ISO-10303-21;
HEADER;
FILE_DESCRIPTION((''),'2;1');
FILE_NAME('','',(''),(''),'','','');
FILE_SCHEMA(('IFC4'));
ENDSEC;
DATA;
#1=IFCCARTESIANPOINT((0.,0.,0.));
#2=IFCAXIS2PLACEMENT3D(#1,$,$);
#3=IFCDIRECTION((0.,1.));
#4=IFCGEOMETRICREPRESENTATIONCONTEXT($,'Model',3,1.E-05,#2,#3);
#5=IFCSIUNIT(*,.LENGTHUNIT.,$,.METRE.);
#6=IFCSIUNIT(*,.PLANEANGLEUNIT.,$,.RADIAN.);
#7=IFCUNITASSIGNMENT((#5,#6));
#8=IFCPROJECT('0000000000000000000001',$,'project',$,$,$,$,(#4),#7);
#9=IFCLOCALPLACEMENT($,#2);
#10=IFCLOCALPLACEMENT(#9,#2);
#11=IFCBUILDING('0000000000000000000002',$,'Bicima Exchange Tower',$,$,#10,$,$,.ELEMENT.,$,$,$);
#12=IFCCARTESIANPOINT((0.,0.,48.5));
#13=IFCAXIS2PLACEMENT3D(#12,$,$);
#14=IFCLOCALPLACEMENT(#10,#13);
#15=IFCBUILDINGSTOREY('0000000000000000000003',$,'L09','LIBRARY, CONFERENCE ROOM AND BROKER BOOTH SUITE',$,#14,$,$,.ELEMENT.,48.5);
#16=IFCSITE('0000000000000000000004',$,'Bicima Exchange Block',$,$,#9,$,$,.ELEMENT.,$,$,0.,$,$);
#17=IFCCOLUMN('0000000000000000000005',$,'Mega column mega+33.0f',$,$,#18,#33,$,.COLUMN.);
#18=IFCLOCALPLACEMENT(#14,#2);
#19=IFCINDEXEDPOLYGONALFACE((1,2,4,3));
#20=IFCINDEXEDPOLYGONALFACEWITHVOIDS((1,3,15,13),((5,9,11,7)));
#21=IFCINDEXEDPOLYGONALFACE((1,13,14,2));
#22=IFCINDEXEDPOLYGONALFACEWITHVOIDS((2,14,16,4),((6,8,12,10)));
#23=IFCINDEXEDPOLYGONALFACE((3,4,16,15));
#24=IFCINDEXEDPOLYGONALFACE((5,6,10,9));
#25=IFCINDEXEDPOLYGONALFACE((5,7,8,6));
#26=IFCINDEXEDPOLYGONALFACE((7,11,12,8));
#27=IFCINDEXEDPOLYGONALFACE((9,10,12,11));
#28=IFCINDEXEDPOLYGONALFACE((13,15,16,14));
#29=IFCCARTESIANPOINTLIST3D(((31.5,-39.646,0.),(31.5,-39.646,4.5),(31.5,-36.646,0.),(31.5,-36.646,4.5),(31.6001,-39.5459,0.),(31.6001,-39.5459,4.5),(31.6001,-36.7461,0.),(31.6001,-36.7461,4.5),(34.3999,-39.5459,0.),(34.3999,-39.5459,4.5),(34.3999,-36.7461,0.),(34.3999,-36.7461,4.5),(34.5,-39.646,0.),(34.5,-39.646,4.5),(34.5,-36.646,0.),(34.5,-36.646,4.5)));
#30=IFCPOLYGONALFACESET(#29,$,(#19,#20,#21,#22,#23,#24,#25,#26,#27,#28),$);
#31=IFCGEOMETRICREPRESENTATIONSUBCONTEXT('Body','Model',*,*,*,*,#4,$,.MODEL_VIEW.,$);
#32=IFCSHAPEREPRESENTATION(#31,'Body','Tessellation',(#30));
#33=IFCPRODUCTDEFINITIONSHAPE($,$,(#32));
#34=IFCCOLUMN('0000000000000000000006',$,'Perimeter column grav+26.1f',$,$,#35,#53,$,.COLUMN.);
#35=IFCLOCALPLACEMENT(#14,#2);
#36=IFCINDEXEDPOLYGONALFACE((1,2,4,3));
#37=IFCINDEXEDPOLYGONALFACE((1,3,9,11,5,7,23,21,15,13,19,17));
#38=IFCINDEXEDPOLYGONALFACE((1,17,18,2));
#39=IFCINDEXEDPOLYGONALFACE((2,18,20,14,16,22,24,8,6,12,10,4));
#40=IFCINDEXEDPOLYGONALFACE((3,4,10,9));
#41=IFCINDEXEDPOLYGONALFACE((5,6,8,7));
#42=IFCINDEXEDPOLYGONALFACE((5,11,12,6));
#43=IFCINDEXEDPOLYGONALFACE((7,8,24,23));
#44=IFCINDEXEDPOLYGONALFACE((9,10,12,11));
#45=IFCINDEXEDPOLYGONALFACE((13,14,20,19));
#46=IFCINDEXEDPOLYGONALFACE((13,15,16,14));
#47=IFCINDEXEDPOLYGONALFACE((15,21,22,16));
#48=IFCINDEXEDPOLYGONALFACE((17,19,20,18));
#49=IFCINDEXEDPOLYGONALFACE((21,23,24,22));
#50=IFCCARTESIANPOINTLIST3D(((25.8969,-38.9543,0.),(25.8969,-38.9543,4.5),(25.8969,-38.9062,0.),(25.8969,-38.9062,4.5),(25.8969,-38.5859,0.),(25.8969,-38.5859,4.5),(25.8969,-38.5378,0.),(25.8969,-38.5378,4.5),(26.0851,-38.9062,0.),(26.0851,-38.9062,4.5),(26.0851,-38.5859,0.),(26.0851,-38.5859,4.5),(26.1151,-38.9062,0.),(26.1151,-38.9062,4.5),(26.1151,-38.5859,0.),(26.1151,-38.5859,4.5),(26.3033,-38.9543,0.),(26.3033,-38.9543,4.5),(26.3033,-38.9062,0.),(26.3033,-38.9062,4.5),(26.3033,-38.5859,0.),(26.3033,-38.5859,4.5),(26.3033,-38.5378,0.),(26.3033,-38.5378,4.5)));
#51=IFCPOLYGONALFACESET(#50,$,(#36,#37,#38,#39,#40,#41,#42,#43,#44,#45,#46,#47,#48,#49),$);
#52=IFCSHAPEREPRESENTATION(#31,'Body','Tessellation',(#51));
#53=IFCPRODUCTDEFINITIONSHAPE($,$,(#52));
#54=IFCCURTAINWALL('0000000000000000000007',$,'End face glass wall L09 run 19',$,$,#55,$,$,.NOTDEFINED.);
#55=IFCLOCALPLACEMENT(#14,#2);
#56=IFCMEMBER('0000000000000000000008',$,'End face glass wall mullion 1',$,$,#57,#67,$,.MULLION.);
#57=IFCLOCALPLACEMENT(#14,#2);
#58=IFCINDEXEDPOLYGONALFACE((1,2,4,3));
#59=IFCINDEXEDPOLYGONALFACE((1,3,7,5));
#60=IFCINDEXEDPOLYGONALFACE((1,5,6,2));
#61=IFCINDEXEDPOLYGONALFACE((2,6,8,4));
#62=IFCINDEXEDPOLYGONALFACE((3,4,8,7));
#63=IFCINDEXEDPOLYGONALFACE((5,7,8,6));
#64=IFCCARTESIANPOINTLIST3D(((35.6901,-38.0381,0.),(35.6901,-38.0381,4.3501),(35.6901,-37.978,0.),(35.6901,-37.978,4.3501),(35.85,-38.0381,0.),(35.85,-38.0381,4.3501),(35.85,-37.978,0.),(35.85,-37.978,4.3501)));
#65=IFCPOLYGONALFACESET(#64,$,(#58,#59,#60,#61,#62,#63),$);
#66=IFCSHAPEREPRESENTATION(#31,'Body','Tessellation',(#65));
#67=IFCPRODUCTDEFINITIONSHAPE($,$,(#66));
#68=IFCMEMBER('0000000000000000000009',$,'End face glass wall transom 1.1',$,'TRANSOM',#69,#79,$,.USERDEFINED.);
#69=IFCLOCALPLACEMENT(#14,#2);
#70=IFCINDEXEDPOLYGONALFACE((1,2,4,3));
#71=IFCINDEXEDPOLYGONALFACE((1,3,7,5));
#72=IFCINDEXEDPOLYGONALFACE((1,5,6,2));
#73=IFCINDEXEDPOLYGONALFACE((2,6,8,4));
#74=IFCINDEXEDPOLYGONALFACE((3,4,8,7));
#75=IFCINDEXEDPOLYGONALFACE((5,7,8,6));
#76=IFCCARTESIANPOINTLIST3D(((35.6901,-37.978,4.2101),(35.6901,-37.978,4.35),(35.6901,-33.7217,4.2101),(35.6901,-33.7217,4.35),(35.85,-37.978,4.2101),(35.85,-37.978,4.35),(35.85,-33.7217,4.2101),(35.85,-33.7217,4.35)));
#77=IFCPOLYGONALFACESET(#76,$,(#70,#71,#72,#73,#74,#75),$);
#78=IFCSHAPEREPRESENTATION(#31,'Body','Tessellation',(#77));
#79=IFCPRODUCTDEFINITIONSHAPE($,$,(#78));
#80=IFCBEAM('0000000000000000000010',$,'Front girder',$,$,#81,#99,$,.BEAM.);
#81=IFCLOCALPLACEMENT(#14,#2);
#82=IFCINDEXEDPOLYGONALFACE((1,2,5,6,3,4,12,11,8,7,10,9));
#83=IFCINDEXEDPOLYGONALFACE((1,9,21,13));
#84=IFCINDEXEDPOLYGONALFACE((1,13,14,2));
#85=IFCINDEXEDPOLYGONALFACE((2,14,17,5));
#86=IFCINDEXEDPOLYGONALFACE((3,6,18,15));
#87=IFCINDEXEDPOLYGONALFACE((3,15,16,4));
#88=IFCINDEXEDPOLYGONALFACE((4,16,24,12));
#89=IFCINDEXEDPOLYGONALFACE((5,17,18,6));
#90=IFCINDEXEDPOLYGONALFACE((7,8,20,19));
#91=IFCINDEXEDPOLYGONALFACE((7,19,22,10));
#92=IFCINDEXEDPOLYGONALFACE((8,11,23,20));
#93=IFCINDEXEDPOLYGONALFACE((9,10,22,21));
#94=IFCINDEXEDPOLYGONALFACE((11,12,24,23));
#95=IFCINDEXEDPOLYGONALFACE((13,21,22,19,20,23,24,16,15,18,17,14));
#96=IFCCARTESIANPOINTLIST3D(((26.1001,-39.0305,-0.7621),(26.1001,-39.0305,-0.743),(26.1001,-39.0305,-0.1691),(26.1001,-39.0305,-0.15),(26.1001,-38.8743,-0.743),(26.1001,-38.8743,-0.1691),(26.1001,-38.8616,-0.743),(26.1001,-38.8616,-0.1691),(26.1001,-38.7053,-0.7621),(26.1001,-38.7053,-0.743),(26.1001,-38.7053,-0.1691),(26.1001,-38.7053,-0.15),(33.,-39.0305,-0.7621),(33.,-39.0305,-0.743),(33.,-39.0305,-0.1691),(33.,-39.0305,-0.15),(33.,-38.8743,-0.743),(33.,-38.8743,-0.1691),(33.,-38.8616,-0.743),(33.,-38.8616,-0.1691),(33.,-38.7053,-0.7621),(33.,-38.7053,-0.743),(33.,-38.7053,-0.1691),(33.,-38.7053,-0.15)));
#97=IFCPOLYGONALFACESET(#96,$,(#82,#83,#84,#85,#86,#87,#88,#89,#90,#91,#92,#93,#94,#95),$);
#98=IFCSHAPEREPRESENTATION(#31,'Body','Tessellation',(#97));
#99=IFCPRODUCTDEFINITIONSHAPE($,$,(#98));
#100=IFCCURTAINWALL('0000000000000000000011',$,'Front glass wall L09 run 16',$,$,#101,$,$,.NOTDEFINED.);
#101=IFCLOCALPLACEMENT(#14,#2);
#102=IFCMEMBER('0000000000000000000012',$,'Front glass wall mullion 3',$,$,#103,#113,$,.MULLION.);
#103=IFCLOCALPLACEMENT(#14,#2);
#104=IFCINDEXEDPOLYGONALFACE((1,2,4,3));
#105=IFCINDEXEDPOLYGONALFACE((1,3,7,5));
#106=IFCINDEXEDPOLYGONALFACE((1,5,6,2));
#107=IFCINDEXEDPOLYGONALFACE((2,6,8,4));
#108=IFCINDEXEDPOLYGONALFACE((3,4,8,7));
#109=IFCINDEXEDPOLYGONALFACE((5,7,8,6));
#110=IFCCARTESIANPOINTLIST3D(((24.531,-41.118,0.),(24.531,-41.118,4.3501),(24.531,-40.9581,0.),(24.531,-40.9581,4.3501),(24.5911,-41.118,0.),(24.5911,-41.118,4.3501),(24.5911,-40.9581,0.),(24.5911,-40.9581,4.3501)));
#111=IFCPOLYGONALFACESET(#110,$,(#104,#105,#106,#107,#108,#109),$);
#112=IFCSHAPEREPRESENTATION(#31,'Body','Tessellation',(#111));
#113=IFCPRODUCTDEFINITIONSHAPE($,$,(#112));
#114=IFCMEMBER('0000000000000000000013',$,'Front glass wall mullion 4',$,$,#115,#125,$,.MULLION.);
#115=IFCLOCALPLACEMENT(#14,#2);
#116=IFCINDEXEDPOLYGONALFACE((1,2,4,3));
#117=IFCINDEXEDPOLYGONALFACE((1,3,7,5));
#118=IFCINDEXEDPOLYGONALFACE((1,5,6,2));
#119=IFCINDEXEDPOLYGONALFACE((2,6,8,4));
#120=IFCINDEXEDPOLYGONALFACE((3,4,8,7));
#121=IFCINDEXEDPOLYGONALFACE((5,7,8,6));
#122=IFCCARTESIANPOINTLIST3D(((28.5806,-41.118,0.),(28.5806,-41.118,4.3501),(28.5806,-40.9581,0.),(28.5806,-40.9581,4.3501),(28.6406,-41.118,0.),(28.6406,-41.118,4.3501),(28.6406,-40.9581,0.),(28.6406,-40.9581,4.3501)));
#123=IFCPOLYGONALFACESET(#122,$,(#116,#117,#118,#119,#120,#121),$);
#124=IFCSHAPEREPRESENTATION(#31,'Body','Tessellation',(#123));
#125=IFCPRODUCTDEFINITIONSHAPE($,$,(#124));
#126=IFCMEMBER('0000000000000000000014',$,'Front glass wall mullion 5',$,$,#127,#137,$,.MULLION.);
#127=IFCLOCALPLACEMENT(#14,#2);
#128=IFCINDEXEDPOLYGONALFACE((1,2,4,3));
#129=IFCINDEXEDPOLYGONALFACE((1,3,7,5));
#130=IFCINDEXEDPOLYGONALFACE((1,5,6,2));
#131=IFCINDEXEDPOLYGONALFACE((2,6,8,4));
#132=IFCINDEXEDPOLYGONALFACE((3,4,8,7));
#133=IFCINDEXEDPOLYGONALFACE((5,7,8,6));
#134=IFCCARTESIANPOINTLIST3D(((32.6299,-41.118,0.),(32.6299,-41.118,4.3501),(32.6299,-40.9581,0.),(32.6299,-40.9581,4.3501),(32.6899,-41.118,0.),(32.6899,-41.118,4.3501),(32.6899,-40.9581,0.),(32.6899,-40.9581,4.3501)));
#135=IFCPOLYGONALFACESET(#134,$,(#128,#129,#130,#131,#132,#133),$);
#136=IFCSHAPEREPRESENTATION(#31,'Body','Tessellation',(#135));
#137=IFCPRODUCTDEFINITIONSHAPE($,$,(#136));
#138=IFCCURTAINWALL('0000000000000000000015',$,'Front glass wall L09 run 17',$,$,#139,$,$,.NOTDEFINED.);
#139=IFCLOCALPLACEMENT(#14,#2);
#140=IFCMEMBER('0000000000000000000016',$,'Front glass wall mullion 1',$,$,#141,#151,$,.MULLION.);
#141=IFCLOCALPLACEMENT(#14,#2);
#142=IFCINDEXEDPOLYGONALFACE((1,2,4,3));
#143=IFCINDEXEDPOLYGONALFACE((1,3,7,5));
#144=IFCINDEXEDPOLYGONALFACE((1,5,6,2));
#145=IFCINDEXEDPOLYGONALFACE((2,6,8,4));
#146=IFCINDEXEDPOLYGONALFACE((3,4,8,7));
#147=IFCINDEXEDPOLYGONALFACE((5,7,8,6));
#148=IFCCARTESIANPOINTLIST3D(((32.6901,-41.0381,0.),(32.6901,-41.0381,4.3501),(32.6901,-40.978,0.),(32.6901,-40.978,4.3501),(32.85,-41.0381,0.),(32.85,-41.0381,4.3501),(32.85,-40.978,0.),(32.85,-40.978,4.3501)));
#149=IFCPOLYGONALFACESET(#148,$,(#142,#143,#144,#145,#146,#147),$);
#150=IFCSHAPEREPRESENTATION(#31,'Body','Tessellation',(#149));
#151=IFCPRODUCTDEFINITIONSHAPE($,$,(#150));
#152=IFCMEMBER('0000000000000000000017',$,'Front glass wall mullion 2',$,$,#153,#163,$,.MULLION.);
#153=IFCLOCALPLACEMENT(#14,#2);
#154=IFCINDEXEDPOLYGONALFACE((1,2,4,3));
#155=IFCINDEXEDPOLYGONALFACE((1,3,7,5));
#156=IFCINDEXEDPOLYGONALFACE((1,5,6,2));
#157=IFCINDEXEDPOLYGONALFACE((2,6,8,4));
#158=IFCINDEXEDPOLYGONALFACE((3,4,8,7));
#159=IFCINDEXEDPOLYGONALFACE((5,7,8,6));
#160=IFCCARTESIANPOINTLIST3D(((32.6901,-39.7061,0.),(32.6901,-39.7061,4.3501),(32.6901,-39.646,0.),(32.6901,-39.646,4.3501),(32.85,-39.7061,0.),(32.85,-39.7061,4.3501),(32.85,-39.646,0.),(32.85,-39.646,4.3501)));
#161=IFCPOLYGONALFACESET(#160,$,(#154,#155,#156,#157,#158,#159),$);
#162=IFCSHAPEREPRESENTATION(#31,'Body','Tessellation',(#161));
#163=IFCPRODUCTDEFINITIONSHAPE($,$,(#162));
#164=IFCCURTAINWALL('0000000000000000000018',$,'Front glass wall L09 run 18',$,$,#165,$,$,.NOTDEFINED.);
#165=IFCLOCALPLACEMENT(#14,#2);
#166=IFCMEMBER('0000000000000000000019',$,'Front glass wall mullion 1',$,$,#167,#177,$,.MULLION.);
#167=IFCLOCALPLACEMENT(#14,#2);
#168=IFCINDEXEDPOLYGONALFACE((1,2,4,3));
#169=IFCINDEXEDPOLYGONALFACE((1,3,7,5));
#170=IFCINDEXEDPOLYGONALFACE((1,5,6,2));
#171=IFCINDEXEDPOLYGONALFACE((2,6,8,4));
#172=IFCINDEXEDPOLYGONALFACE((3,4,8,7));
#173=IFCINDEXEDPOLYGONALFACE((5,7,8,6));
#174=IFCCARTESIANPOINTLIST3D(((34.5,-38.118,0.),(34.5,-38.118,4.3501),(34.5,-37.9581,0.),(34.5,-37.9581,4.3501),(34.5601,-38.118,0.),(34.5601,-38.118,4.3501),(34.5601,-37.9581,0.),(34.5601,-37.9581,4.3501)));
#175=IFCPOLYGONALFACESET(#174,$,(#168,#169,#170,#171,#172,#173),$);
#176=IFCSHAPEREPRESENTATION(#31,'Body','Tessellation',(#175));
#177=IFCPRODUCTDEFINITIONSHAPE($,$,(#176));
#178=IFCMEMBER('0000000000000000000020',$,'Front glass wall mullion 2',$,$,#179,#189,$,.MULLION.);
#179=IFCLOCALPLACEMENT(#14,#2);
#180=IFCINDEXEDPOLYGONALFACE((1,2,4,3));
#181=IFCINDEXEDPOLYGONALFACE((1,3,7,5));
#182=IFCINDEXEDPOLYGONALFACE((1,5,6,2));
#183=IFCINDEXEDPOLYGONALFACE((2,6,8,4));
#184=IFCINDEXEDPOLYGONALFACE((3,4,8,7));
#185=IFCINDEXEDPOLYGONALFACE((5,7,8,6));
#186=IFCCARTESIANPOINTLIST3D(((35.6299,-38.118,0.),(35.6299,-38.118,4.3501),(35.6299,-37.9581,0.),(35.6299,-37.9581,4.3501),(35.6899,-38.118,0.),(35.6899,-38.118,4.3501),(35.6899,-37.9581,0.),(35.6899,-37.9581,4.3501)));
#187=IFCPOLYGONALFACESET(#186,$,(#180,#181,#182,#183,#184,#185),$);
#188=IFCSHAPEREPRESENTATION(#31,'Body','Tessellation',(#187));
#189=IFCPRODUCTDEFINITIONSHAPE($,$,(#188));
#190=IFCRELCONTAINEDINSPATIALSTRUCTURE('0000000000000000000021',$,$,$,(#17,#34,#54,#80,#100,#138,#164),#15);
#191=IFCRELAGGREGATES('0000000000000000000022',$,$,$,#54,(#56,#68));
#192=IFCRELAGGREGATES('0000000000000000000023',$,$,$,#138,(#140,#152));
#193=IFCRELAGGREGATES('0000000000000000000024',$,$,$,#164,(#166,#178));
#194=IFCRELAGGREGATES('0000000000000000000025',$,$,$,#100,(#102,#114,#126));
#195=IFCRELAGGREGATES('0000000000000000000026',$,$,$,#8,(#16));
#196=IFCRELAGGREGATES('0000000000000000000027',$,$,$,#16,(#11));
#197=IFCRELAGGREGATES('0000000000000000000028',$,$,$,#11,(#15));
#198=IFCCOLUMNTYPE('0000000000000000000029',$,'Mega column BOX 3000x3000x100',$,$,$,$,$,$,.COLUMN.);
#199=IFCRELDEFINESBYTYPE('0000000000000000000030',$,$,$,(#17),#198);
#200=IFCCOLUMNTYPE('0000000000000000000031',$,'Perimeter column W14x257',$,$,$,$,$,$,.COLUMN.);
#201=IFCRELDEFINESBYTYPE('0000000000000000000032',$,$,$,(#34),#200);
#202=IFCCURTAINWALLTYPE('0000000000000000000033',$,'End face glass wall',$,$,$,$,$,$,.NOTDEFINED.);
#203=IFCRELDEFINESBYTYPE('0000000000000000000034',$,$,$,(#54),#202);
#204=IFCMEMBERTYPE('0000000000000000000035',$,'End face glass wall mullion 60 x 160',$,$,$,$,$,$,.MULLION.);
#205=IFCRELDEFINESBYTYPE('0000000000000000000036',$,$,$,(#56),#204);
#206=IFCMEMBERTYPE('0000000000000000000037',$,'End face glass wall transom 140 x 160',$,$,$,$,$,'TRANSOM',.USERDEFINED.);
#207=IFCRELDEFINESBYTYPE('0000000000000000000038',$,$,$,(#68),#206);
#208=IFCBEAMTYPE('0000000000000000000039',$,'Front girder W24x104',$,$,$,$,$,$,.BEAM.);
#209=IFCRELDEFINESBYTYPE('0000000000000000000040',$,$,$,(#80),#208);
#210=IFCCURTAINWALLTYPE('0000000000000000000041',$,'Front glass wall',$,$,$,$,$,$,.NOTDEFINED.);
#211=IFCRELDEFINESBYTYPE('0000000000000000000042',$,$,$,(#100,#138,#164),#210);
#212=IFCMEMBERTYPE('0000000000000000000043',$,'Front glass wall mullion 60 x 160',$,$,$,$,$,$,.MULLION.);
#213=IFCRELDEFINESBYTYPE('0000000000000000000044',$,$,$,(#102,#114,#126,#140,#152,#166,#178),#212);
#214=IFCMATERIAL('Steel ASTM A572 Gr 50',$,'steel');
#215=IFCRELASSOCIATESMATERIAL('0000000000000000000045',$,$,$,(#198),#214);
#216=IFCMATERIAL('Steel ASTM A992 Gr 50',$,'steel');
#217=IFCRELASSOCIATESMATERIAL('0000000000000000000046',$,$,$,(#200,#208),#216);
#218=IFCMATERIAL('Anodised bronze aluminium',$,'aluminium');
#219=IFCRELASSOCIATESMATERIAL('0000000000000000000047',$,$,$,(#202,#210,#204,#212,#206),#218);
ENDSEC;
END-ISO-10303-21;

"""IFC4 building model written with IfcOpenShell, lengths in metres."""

from ifc_helpers import new_model, si_unit, direction, frame, origin, origin_2d, place, context, subcontext, project, spatial, rectangle, hollow_rectangle, i_section, extrude, material, material_profile, profile_set, type_object, element, aggregate, save


model = new_model("IFC4")

# Units and contexts
model_context = context("Model", 3, precision=1e-05, world=origin(), true_north=direction((0.0, 1.0)))
body_context = subcontext(model_context, "Body", "Model", "MODEL_VIEW")
ifc_project = project(units=[si_unit("LENGTHUNIT", "METRE"), si_unit("PLANEANGLEUNIT", "RADIAN")], contexts=[model_context])

# Site, building, storey
site_placement = place(None, origin())
site = spatial("IfcSite", under=ifc_project, at=site_placement, Name="Bicima Exchange Block", CompositionType="ELEMENT", RefElevation=0.0)
building_placement = place(site_placement, origin())
building = spatial("IfcBuilding", under=site, at=building_placement, Name="Bicima Exchange Tower", CompositionType="ELEMENT")
storey_placement = place(building_placement, frame((0.0, 0.0, 48.5)))
storey = spatial("IfcBuildingStorey", under=building, at=storey_placement, Name="L09", Description="LIBRARY, CONFERENCE ROOM AND BROKER BOOTH SUITE", CompositionType="ELEMENT", Elevation=48.5)

# Columns
ifc_material_1 = material(Name="Steel ASTM A572 Gr 50", Category="steel")
ifc_material_profile_1 = material_profile(ifc_material_1, hollow_rectangle(XDim=3.0, YDim=3.0, WallThickness=0.1001, at=origin_2d()))
ifc_profile_set_1 = profile_set([ifc_material_profile_1], Name="Steel ASTM A572 Gr 50")
column_type_1 = type_object("IfcColumnType", Name="Mega column BOX 3000x3000x100", PredefinedType="COLUMN", material=ifc_profile_set_1)
column_1_placement = place(storey_placement, frame((33.0, -38.146, 0.0), z_axis=(0.0, 0.0, 1.0), x_axis=(1.0, 0.0, 0.0)))
element("IfcColumn", 1, at=column_1_placement, inside=storey, type_object=column_type_1, Name="Mega column mega+33.0f", PredefinedType="COLUMN", context=body_context, shape_type="SweptSolid", body=[
    extrude(hollow_rectangle(XDim=3.0, YDim=3.0, WallThickness=0.1001, at=origin_2d()), origin(), (0.0, 0.0, 1.0), 4.5),
])
ifc_material_2 = material(Name="Steel ASTM A992 Gr 50", Category="steel")
ifc_material_profile_2 = material_profile(ifc_material_2, i_section(OverallWidth=0.4065, OverallDepth=0.4165, WebThickness=0.03, FlangeThickness=0.0481, at=origin_2d()))
ifc_profile_set_2 = profile_set([ifc_material_profile_2], Name="Steel ASTM A992 Gr 50")
column_type_2 = type_object("IfcColumnType", Name="Perimeter column W14x257", PredefinedType="COLUMN", material=ifc_profile_set_2)
column_2_placement = place(storey_placement, frame((26.1001, -38.7461, 0.0), z_axis=(0.0, 0.0, 1.0), x_axis=(1.0, 0.0, 0.0)))
element("IfcColumn", 2, at=column_2_placement, inside=storey, type_object=column_type_2, Name="Perimeter column grav+26.1f", PredefinedType="COLUMN", context=body_context, shape_type="SweptSolid", body=[
    extrude(i_section(OverallWidth=0.4065, OverallDepth=0.4165, WebThickness=0.03, FlangeThickness=0.0481, at=origin_2d()), origin(), (0.0, 0.0, 1.0), 4.5),
])

# Curtain wall, members
ifc_material_3 = material(Name="Anodised bronze aluminium", Category="aluminium")
curtain_wall_type_1 = type_object("IfcCurtainWallType", Name="End face glass wall", PredefinedType="NOTDEFINED", material=ifc_material_3)
curtain_wall_1_placement = place(storey_placement, origin())
curtain_wall_1 = element("IfcCurtainWall", 3, at=curtain_wall_1_placement, inside=storey, type_object=curtain_wall_type_1, Name="End face glass wall L09 run 19", PredefinedType="NOTDEFINED")
ifc_material_profile_3 = material_profile(ifc_material_3, rectangle(XDim=0.1599, YDim=0.0601, at=origin_2d()))
ifc_profile_set_3 = profile_set([ifc_material_profile_3], Name="Anodised bronze aluminium")
member_type_1 = type_object("IfcMemberType", Name="End face glass wall mullion 60 x 160", PredefinedType="MULLION", material=ifc_profile_set_3)
member_1_placement = place(storey_placement, frame((35.77, -38.0081, 0.0), z_axis=(0.0, 0.0, 1.0), x_axis=(-1.0, 0.0, 0.0)))
member_1 = element("IfcMember", 4, at=member_1_placement, type_object=member_type_1, Name="End face glass wall mullion 1", PredefinedType="MULLION", context=body_context, shape_type="SweptSolid", body=[
    extrude(rectangle(XDim=0.1599, YDim=0.0601, at=origin_2d()), origin(), (0.0, 0.0, 1.0), 4.3501),
])
ifc_material_profile_4 = material_profile(ifc_material_3, rectangle(XDim=0.1599, YDim=0.1399, at=origin_2d()))
ifc_profile_set_4 = profile_set([ifc_material_profile_4], Name="Anodised bronze aluminium")
member_type_2 = type_object("IfcMemberType", Name="End face glass wall transom 140 x 160", ElementType="TRANSOM", PredefinedType="USERDEFINED", material=ifc_profile_set_4)
member_2_placement = place(storey_placement, frame((35.77, -37.978, 4.28), z_axis=(0.0, 1.0, 0.0), x_axis=(-1.0, 0.0, 0.0)))
member_2 = element("IfcMember", 5, at=member_2_placement, type_object=member_type_2, Name="End face glass wall transom 1.1", ObjectType="TRANSOM", PredefinedType="USERDEFINED", context=body_context, shape_type="SweptSolid", body=[
    extrude(rectangle(XDim=0.1599, YDim=0.1399, at=origin_2d()), origin(), (0.0, 0.0, 1.0), 4.2563),
])
aggregate(curtain_wall_1, [member_1, member_2])

# Beam
ifc_material_profile_5 = material_profile(ifc_material_2, i_section(OverallWidth=0.3252, OverallDepth=0.6121, WebThickness=0.0127, FlangeThickness=0.019, at=origin_2d()))
ifc_profile_set_5 = profile_set([ifc_material_profile_5], Name="Steel ASTM A992 Gr 50")
beam_type = type_object("IfcBeamType", Name="Front girder W24x104", PredefinedType="BEAM", material=ifc_profile_set_5)
beam_placement = place(storey_placement, frame((26.1001, -38.8679, -0.4561), z_axis=(1.0, 0.0, 0.0), x_axis=(0.0, 1.0, 0.0)))
element("IfcBeam", 6, at=beam_placement, inside=storey, type_object=beam_type, Name="Front girder", PredefinedType="BEAM", context=body_context, shape_type="SweptSolid", body=[
    extrude(i_section(OverallWidth=0.3252, OverallDepth=0.6121, WebThickness=0.0127, FlangeThickness=0.019, at=origin_2d()), origin(), (0.0, 0.0, 1.0), 6.8999),
])

# Curtain walls, members
curtain_wall_type_2 = type_object("IfcCurtainWallType", Name="Front glass wall", PredefinedType="NOTDEFINED", material=ifc_material_3)
curtain_wall_2_placement = place(storey_placement, origin())
curtain_wall_2 = element("IfcCurtainWall", 7, at=curtain_wall_2_placement, inside=storey, type_object=curtain_wall_type_2, Name="Front glass wall L09 run 16", PredefinedType="NOTDEFINED")
member_type_3 = type_object("IfcMemberType", Name="Front glass wall mullion 60 x 160", PredefinedType="MULLION", material=ifc_profile_set_3)
member_3_placement = place(storey_placement, frame((24.561, -41.0381, 0.0), z_axis=(0.0, 0.0, 1.0), x_axis=(0.0, 1.0, 0.0)))
member_3 = element("IfcMember", 8, at=member_3_placement, type_object=member_type_3, Name="Front glass wall mullion 3", PredefinedType="MULLION", context=body_context, shape_type="SweptSolid", body=[
    extrude(rectangle(XDim=0.1599, YDim=0.0601, at=origin_2d()), origin(), (0.0, 0.0, 1.0), 4.3501),
])
member_4_placement = place(storey_placement, frame((28.6106, -41.0381, 0.0), z_axis=(0.0, 0.0, 1.0), x_axis=(0.0, 1.0, 0.0)))
member_4 = element("IfcMember", 9, at=member_4_placement, type_object=member_type_3, Name="Front glass wall mullion 4", PredefinedType="MULLION", context=body_context, shape_type="SweptSolid", body=[
    extrude(rectangle(XDim=0.1599, YDim=0.0601, at=origin_2d()), origin(), (0.0, 0.0, 1.0), 4.3501),
])
member_5_placement = place(storey_placement, frame((32.6599, -41.0381, 0.0), z_axis=(0.0, 0.0, 1.0), x_axis=(0.0, 1.0, 0.0)))
member_5 = element("IfcMember", 10, at=member_5_placement, type_object=member_type_3, Name="Front glass wall mullion 5", PredefinedType="MULLION", context=body_context, shape_type="SweptSolid", body=[
    extrude(rectangle(XDim=0.1599, YDim=0.0601, at=origin_2d()), origin(), (0.0, 0.0, 1.0), 4.3501),
])
curtain_wall_3_placement = place(storey_placement, origin())
curtain_wall_3 = element("IfcCurtainWall", 11, at=curtain_wall_3_placement, inside=storey, type_object=curtain_wall_type_2, Name="Front glass wall L09 run 17", PredefinedType="NOTDEFINED")
member_6_placement = place(storey_placement, frame((32.77, -41.0081, 0.0), z_axis=(0.0, 0.0, 1.0), x_axis=(-1.0, 0.0, 0.0)))
member_6 = element("IfcMember", 12, at=member_6_placement, type_object=member_type_3, Name="Front glass wall mullion 1", PredefinedType="MULLION", context=body_context, shape_type="SweptSolid", body=[
    extrude(rectangle(XDim=0.1599, YDim=0.0601, at=origin_2d()), origin(), (0.0, 0.0, 1.0), 4.3501),
])
member_7_placement = place(storey_placement, frame((32.77, -39.676, 0.0), z_axis=(0.0, 0.0, 1.0), x_axis=(-1.0, 0.0, 0.0)))
member_7 = element("IfcMember", 13, at=member_7_placement, type_object=member_type_3, Name="Front glass wall mullion 2", PredefinedType="MULLION", context=body_context, shape_type="SweptSolid", body=[
    extrude(rectangle(XDim=0.1599, YDim=0.0601, at=origin_2d()), origin(), (0.0, 0.0, 1.0), 4.3501),
])
curtain_wall_4_placement = place(storey_placement, origin())
curtain_wall_4 = element("IfcCurtainWall", 14, at=curtain_wall_4_placement, inside=storey, type_object=curtain_wall_type_2, Name="Front glass wall L09 run 18", PredefinedType="NOTDEFINED")
member_8_placement = place(storey_placement, frame((34.53, -38.0381, 0.0), z_axis=(0.0, 0.0, 1.0), x_axis=(0.0, 1.0, 0.0)))
member_8 = element("IfcMember", 15, at=member_8_placement, type_object=member_type_3, Name="Front glass wall mullion 1", PredefinedType="MULLION", context=body_context, shape_type="SweptSolid", body=[
    extrude(rectangle(XDim=0.1599, YDim=0.0601, at=origin_2d()), origin(), (0.0, 0.0, 1.0), 4.3501),
])
member_9_placement = place(storey_placement, frame((35.6599, -38.0381, 0.0), z_axis=(0.0, 0.0, 1.0), x_axis=(0.0, 1.0, 0.0)))
member_9 = element("IfcMember", 16, at=member_9_placement, type_object=member_type_3, Name="Front glass wall mullion 2", PredefinedType="MULLION", context=body_context, shape_type="SweptSolid", body=[
    extrude(rectangle(XDim=0.1599, YDim=0.0601, at=origin_2d()), origin(), (0.0, 0.0, 1.0), 4.3501),
])

aggregate(curtain_wall_3, [member_6, member_7])
aggregate(curtain_wall_4, [member_8, member_9])
aggregate(curtain_wall_2, [member_3, member_4, member_5])

save(model, "model.ifc")
